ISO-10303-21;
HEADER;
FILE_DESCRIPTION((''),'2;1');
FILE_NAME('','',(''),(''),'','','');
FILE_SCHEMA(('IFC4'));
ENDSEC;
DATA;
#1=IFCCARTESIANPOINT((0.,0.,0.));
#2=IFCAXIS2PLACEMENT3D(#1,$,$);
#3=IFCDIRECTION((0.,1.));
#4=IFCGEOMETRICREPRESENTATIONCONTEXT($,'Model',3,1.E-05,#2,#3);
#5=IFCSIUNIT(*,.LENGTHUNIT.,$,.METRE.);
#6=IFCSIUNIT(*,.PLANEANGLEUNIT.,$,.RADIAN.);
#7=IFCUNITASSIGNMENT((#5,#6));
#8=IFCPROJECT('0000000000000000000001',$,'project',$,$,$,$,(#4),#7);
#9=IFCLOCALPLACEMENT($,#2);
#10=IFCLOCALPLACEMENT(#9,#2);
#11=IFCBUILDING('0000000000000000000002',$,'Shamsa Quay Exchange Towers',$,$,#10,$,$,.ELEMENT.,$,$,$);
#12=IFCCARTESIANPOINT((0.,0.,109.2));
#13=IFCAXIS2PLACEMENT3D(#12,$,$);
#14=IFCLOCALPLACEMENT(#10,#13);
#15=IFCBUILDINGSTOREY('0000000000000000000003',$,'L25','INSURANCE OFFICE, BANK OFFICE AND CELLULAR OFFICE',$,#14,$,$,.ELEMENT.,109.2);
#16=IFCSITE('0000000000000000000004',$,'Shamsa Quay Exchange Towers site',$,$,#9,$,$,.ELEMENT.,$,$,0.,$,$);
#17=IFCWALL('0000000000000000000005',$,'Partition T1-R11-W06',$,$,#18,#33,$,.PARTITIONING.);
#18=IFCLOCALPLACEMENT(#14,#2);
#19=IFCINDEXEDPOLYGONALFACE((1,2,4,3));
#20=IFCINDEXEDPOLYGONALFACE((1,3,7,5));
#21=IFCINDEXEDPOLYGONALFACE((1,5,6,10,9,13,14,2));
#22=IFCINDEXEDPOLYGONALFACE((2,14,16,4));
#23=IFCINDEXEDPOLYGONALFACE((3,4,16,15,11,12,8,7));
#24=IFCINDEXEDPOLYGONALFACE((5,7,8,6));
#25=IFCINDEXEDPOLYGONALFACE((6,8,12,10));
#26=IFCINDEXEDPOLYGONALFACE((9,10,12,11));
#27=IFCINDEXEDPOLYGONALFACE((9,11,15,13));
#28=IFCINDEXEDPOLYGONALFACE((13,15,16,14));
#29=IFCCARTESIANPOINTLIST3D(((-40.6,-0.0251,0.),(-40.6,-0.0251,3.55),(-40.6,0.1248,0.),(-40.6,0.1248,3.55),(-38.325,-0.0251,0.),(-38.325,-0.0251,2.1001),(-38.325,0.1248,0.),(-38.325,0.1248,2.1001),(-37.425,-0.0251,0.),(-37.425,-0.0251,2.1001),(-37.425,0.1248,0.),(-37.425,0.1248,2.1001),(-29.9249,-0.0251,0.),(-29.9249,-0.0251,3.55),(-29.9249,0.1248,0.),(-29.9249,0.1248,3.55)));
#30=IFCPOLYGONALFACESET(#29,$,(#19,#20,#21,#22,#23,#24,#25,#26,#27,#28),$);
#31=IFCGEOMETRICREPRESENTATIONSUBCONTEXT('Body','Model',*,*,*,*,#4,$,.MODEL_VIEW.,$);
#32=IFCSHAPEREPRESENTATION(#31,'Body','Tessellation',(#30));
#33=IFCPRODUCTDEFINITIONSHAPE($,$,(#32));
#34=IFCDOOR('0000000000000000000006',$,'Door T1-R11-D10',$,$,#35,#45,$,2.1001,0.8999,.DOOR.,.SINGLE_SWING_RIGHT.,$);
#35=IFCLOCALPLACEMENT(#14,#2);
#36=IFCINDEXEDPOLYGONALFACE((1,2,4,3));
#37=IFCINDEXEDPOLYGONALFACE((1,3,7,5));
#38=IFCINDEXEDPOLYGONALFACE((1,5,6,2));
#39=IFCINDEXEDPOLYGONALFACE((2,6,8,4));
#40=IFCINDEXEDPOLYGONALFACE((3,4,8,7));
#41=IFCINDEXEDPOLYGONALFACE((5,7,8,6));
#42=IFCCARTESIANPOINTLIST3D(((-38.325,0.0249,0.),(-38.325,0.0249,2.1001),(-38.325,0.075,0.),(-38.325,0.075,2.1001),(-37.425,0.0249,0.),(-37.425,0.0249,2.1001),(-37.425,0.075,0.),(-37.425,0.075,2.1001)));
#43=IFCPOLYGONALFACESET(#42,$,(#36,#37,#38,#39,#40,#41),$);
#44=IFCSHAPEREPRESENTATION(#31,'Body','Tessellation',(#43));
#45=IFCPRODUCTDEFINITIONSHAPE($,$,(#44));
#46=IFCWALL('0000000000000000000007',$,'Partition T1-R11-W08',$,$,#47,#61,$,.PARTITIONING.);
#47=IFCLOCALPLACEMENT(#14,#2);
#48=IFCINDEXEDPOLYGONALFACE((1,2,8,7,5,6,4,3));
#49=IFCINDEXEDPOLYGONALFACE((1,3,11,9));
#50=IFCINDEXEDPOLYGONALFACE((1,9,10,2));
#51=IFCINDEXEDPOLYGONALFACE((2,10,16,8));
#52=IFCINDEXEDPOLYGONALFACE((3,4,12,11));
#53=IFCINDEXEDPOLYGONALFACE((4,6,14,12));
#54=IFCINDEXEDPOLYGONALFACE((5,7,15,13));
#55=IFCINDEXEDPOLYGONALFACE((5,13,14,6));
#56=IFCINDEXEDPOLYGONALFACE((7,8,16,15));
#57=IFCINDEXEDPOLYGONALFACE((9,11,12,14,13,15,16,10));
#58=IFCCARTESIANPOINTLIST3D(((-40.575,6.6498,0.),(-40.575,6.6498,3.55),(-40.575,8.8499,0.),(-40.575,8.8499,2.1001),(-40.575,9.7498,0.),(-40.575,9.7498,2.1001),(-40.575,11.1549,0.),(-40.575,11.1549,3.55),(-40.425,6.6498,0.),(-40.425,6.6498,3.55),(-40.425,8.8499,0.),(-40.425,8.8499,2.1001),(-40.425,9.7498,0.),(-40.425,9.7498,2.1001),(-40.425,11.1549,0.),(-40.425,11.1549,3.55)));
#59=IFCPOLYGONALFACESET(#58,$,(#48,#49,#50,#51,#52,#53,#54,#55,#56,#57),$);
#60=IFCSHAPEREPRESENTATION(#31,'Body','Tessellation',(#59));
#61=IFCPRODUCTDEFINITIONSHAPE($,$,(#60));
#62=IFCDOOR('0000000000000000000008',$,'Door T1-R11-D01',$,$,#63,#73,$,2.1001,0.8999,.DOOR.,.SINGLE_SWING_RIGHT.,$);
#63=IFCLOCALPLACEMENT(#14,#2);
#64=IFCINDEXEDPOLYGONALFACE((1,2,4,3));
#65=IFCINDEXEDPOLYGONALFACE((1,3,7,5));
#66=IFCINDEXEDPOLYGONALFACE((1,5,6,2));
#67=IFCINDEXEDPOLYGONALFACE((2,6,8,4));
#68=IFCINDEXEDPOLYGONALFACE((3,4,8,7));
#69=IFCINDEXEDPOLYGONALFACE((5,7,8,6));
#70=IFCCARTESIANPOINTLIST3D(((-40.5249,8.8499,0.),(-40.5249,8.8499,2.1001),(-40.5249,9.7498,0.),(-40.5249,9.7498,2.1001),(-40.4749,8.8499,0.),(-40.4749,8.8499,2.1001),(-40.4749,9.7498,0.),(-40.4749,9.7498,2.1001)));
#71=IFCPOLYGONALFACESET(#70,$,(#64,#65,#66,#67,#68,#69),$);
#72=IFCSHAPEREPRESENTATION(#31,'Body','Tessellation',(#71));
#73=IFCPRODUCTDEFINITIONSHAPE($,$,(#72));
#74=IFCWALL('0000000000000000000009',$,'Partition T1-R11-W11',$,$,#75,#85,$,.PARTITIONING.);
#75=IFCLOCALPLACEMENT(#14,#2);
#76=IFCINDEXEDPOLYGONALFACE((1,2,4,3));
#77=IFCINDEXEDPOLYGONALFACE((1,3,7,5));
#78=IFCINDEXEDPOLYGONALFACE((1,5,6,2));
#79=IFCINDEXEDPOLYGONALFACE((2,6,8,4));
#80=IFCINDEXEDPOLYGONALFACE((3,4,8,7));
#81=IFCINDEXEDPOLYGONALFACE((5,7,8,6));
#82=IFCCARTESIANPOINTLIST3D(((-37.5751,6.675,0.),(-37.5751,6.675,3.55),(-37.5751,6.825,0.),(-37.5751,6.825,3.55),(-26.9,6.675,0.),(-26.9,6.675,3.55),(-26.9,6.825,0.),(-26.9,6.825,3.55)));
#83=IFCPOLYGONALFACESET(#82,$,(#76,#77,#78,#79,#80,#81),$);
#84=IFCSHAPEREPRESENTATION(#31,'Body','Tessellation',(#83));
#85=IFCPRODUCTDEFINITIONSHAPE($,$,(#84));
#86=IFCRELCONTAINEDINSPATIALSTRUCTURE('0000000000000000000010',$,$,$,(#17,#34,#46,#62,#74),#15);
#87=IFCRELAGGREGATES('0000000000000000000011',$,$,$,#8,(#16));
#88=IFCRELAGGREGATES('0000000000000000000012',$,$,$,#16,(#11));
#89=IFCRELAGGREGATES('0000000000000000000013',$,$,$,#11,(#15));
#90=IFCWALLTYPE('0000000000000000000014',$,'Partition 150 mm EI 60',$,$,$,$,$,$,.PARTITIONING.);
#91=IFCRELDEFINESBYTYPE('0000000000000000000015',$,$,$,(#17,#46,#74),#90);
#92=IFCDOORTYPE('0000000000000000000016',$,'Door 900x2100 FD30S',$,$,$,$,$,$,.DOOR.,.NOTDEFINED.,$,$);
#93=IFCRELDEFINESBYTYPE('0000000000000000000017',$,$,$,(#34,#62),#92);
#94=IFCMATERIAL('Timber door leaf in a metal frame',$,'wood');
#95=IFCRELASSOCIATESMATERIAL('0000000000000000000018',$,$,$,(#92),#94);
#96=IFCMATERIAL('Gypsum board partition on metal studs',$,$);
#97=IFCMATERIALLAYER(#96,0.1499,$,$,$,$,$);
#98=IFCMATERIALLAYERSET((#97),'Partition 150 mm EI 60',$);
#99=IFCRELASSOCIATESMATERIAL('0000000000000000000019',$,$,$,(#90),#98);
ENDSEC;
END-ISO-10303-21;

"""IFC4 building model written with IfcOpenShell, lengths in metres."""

from ifc_helpers import new_model, si_unit, direction, frame, frame_2d, origin, place, context, subcontext, project, spatial, rectangle, extrude, material, layer, layer_set, type_object, element, fill, save


model = new_model("IFC4")

# Units and contexts
model_context = context("Model", 3, precision=1e-05, world=origin(), true_north=direction((0.0, 1.0)))
body_context = subcontext(model_context, "Body", "Model", "MODEL_VIEW")
ifc_project = project(units=[si_unit("LENGTHUNIT", "METRE"), si_unit("PLANEANGLEUNIT", "RADIAN")], contexts=[model_context])

# Site, building, storey
site_placement = place(None, origin())
site = spatial("IfcSite", under=ifc_project, at=site_placement, Name="Shamsa Quay Exchange Towers site", CompositionType="ELEMENT", RefElevation=0.0)
building_placement = place(site_placement, origin())
building = spatial("IfcBuilding", under=site, at=building_placement, Name="Shamsa Quay Exchange Towers", CompositionType="ELEMENT")
storey_placement = place(building_placement, frame((0.0, 0.0, 109.2)))
storey = spatial("IfcBuildingStorey", under=building, at=storey_placement, Name="L25", Description="INSURANCE OFFICE, BANK OFFICE AND CELLULAR OFFICE", CompositionType="ELEMENT", Elevation=109.2)

# Shared definitions
ifc_material_1 = material(Name="Timber door leaf in a metal frame", Category="wood")
door_type_1 = type_object("IfcDoorType", Name="Door 900x2100 FD30S", OperationType="NOTDEFINED", PredefinedType="DOOR", material=ifc_material_1)

# Shared definitions
ifc_material_2 = material(Name="Gypsum board partition on metal studs")

# Shared definitions
ifc_layer_1 = layer(ifc_material_2, 0.1499)
ifc_layer_set_1 = layer_set([ifc_layer_1], Name="Partition 150 mm EI 60")
wall_type_1 = type_object("IfcWallType", Name="Partition 150 mm EI 60", PredefinedType="PARTITIONING", material=ifc_layer_set_1)

# Walls, openings, doors
wall_1_placement = place(storey_placement, frame((-29.925, 0.0498, 0.0), z_axis=(0.0, 0.0, 1.0), x_axis=(-1.0, 0.0, 0.0)))
wall_1 = element("IfcWall", 1, at=wall_1_placement, inside=storey, type_object=wall_type_1, Name="Partition T1-R11-W06", PredefinedType="PARTITIONING", context=body_context, shape_type="SweptSolid", body=[
    extrude(rectangle(XDim=10.675, YDim=0.1499, at=frame_2d((5.3374, 0.0))), origin(), (0.0, 0.0, 1.0), 3.55),
])
opening_1_placement = place(wall_1_placement, frame((7.5, 0.0, 0.0)))
opening_1 = element("IfcOpeningElement", 2, at=opening_1_placement, cuts=wall_1, PredefinedType="OPENING", context=body_context, shape_type="SweptSolid", body=[
    extrude(rectangle(XDim=0.8999, YDim=2.1001, at=frame_2d((0.45, 1.05))), frame((0.0, 0.085, 0.0), z_axis=(0.0, -1.0, 0.0), x_axis=(1.0, 0.0, 0.0)), (0.0, 0.0, 1.0), 0.1699),
])
door_1_placement = place(opening_1_placement, origin())
door_1 = element("IfcDoor", 3, at=door_1_placement, inside=storey, type_object=door_type_1, Name="Door T1-R11-D10", OperationType="SINGLE_SWING_RIGHT", OverallHeight=2.1001, OverallWidth=0.8999, PredefinedType="DOOR", context=body_context, shape_type="SweptSolid", body=[
    extrude(rectangle(XDim=0.8999, YDim=2.1001, at=frame_2d((0.45, 1.05))), frame((0.0, 0.0249, 0.0), z_axis=(0.0, -1.0, 0.0), x_axis=(1.0, 0.0, 0.0)), (0.0, 0.0, 1.0), 0.05),
])
fill(opening_1, door_1)
wall_2_placement = place(storey_placement, frame((-40.5, 6.6499, 0.0), z_axis=(0.0, 0.0, 1.0), x_axis=(0.0, 1.0, 0.0)))
wall_2 = element("IfcWall", 4, at=wall_2_placement, inside=storey, type_object=wall_type_1, Name="Partition T1-R11-W08", PredefinedType="PARTITIONING", context=body_context, shape_type="SweptSolid", body=[
    extrude(rectangle(XDim=4.5051, YDim=0.1499, at=frame_2d((2.2524, 0.0))), origin(), (0.0, 0.0, 1.0), 3.55),
])
opening_2_placement = place(wall_2_placement, frame((2.2, 0.0, 0.0)))
opening_2 = element("IfcOpeningElement", 5, at=opening_2_placement, cuts=wall_2, PredefinedType="OPENING", context=body_context, shape_type="SweptSolid", body=[
    extrude(rectangle(XDim=0.8999, YDim=2.1001, at=frame_2d((0.45, 1.05))), frame((0.0, 0.085, 0.0), z_axis=(0.0, -1.0, 0.0), x_axis=(1.0, 0.0, 0.0)), (0.0, 0.0, 1.0), 0.1699),
])
door_2_placement = place(opening_2_placement, origin())
door_2 = element("IfcDoor", 6, at=door_2_placement, inside=storey, type_object=door_type_1, Name="Door T1-R11-D01", OperationType="SINGLE_SWING_RIGHT", OverallHeight=2.1001, OverallWidth=0.8999, PredefinedType="DOOR", context=body_context, shape_type="SweptSolid", body=[
    extrude(rectangle(XDim=0.8999, YDim=2.1001, at=frame_2d((0.45, 1.05))), frame((0.0, 0.0249, 0.0), z_axis=(0.0, -1.0, 0.0), x_axis=(1.0, 0.0, 0.0)), (0.0, 0.0, 1.0), 0.05),
])
fill(opening_2, door_2)

# Wall
wall_3_placement = place(storey_placement, frame((-37.575, 6.75, 0.0)))
element("IfcWall", 7, at=wall_3_placement, inside=storey, type_object=wall_type_1, Name="Partition T1-R11-W11", PredefinedType="PARTITIONING", context=body_context, shape_type="SweptSolid", body=[
    extrude(rectangle(XDim=10.675, YDim=0.1499, at=frame_2d((5.3374, 0.0))), origin(), (0.0, 0.0, 1.0), 3.55),
])

save(model, "model.ifc")
